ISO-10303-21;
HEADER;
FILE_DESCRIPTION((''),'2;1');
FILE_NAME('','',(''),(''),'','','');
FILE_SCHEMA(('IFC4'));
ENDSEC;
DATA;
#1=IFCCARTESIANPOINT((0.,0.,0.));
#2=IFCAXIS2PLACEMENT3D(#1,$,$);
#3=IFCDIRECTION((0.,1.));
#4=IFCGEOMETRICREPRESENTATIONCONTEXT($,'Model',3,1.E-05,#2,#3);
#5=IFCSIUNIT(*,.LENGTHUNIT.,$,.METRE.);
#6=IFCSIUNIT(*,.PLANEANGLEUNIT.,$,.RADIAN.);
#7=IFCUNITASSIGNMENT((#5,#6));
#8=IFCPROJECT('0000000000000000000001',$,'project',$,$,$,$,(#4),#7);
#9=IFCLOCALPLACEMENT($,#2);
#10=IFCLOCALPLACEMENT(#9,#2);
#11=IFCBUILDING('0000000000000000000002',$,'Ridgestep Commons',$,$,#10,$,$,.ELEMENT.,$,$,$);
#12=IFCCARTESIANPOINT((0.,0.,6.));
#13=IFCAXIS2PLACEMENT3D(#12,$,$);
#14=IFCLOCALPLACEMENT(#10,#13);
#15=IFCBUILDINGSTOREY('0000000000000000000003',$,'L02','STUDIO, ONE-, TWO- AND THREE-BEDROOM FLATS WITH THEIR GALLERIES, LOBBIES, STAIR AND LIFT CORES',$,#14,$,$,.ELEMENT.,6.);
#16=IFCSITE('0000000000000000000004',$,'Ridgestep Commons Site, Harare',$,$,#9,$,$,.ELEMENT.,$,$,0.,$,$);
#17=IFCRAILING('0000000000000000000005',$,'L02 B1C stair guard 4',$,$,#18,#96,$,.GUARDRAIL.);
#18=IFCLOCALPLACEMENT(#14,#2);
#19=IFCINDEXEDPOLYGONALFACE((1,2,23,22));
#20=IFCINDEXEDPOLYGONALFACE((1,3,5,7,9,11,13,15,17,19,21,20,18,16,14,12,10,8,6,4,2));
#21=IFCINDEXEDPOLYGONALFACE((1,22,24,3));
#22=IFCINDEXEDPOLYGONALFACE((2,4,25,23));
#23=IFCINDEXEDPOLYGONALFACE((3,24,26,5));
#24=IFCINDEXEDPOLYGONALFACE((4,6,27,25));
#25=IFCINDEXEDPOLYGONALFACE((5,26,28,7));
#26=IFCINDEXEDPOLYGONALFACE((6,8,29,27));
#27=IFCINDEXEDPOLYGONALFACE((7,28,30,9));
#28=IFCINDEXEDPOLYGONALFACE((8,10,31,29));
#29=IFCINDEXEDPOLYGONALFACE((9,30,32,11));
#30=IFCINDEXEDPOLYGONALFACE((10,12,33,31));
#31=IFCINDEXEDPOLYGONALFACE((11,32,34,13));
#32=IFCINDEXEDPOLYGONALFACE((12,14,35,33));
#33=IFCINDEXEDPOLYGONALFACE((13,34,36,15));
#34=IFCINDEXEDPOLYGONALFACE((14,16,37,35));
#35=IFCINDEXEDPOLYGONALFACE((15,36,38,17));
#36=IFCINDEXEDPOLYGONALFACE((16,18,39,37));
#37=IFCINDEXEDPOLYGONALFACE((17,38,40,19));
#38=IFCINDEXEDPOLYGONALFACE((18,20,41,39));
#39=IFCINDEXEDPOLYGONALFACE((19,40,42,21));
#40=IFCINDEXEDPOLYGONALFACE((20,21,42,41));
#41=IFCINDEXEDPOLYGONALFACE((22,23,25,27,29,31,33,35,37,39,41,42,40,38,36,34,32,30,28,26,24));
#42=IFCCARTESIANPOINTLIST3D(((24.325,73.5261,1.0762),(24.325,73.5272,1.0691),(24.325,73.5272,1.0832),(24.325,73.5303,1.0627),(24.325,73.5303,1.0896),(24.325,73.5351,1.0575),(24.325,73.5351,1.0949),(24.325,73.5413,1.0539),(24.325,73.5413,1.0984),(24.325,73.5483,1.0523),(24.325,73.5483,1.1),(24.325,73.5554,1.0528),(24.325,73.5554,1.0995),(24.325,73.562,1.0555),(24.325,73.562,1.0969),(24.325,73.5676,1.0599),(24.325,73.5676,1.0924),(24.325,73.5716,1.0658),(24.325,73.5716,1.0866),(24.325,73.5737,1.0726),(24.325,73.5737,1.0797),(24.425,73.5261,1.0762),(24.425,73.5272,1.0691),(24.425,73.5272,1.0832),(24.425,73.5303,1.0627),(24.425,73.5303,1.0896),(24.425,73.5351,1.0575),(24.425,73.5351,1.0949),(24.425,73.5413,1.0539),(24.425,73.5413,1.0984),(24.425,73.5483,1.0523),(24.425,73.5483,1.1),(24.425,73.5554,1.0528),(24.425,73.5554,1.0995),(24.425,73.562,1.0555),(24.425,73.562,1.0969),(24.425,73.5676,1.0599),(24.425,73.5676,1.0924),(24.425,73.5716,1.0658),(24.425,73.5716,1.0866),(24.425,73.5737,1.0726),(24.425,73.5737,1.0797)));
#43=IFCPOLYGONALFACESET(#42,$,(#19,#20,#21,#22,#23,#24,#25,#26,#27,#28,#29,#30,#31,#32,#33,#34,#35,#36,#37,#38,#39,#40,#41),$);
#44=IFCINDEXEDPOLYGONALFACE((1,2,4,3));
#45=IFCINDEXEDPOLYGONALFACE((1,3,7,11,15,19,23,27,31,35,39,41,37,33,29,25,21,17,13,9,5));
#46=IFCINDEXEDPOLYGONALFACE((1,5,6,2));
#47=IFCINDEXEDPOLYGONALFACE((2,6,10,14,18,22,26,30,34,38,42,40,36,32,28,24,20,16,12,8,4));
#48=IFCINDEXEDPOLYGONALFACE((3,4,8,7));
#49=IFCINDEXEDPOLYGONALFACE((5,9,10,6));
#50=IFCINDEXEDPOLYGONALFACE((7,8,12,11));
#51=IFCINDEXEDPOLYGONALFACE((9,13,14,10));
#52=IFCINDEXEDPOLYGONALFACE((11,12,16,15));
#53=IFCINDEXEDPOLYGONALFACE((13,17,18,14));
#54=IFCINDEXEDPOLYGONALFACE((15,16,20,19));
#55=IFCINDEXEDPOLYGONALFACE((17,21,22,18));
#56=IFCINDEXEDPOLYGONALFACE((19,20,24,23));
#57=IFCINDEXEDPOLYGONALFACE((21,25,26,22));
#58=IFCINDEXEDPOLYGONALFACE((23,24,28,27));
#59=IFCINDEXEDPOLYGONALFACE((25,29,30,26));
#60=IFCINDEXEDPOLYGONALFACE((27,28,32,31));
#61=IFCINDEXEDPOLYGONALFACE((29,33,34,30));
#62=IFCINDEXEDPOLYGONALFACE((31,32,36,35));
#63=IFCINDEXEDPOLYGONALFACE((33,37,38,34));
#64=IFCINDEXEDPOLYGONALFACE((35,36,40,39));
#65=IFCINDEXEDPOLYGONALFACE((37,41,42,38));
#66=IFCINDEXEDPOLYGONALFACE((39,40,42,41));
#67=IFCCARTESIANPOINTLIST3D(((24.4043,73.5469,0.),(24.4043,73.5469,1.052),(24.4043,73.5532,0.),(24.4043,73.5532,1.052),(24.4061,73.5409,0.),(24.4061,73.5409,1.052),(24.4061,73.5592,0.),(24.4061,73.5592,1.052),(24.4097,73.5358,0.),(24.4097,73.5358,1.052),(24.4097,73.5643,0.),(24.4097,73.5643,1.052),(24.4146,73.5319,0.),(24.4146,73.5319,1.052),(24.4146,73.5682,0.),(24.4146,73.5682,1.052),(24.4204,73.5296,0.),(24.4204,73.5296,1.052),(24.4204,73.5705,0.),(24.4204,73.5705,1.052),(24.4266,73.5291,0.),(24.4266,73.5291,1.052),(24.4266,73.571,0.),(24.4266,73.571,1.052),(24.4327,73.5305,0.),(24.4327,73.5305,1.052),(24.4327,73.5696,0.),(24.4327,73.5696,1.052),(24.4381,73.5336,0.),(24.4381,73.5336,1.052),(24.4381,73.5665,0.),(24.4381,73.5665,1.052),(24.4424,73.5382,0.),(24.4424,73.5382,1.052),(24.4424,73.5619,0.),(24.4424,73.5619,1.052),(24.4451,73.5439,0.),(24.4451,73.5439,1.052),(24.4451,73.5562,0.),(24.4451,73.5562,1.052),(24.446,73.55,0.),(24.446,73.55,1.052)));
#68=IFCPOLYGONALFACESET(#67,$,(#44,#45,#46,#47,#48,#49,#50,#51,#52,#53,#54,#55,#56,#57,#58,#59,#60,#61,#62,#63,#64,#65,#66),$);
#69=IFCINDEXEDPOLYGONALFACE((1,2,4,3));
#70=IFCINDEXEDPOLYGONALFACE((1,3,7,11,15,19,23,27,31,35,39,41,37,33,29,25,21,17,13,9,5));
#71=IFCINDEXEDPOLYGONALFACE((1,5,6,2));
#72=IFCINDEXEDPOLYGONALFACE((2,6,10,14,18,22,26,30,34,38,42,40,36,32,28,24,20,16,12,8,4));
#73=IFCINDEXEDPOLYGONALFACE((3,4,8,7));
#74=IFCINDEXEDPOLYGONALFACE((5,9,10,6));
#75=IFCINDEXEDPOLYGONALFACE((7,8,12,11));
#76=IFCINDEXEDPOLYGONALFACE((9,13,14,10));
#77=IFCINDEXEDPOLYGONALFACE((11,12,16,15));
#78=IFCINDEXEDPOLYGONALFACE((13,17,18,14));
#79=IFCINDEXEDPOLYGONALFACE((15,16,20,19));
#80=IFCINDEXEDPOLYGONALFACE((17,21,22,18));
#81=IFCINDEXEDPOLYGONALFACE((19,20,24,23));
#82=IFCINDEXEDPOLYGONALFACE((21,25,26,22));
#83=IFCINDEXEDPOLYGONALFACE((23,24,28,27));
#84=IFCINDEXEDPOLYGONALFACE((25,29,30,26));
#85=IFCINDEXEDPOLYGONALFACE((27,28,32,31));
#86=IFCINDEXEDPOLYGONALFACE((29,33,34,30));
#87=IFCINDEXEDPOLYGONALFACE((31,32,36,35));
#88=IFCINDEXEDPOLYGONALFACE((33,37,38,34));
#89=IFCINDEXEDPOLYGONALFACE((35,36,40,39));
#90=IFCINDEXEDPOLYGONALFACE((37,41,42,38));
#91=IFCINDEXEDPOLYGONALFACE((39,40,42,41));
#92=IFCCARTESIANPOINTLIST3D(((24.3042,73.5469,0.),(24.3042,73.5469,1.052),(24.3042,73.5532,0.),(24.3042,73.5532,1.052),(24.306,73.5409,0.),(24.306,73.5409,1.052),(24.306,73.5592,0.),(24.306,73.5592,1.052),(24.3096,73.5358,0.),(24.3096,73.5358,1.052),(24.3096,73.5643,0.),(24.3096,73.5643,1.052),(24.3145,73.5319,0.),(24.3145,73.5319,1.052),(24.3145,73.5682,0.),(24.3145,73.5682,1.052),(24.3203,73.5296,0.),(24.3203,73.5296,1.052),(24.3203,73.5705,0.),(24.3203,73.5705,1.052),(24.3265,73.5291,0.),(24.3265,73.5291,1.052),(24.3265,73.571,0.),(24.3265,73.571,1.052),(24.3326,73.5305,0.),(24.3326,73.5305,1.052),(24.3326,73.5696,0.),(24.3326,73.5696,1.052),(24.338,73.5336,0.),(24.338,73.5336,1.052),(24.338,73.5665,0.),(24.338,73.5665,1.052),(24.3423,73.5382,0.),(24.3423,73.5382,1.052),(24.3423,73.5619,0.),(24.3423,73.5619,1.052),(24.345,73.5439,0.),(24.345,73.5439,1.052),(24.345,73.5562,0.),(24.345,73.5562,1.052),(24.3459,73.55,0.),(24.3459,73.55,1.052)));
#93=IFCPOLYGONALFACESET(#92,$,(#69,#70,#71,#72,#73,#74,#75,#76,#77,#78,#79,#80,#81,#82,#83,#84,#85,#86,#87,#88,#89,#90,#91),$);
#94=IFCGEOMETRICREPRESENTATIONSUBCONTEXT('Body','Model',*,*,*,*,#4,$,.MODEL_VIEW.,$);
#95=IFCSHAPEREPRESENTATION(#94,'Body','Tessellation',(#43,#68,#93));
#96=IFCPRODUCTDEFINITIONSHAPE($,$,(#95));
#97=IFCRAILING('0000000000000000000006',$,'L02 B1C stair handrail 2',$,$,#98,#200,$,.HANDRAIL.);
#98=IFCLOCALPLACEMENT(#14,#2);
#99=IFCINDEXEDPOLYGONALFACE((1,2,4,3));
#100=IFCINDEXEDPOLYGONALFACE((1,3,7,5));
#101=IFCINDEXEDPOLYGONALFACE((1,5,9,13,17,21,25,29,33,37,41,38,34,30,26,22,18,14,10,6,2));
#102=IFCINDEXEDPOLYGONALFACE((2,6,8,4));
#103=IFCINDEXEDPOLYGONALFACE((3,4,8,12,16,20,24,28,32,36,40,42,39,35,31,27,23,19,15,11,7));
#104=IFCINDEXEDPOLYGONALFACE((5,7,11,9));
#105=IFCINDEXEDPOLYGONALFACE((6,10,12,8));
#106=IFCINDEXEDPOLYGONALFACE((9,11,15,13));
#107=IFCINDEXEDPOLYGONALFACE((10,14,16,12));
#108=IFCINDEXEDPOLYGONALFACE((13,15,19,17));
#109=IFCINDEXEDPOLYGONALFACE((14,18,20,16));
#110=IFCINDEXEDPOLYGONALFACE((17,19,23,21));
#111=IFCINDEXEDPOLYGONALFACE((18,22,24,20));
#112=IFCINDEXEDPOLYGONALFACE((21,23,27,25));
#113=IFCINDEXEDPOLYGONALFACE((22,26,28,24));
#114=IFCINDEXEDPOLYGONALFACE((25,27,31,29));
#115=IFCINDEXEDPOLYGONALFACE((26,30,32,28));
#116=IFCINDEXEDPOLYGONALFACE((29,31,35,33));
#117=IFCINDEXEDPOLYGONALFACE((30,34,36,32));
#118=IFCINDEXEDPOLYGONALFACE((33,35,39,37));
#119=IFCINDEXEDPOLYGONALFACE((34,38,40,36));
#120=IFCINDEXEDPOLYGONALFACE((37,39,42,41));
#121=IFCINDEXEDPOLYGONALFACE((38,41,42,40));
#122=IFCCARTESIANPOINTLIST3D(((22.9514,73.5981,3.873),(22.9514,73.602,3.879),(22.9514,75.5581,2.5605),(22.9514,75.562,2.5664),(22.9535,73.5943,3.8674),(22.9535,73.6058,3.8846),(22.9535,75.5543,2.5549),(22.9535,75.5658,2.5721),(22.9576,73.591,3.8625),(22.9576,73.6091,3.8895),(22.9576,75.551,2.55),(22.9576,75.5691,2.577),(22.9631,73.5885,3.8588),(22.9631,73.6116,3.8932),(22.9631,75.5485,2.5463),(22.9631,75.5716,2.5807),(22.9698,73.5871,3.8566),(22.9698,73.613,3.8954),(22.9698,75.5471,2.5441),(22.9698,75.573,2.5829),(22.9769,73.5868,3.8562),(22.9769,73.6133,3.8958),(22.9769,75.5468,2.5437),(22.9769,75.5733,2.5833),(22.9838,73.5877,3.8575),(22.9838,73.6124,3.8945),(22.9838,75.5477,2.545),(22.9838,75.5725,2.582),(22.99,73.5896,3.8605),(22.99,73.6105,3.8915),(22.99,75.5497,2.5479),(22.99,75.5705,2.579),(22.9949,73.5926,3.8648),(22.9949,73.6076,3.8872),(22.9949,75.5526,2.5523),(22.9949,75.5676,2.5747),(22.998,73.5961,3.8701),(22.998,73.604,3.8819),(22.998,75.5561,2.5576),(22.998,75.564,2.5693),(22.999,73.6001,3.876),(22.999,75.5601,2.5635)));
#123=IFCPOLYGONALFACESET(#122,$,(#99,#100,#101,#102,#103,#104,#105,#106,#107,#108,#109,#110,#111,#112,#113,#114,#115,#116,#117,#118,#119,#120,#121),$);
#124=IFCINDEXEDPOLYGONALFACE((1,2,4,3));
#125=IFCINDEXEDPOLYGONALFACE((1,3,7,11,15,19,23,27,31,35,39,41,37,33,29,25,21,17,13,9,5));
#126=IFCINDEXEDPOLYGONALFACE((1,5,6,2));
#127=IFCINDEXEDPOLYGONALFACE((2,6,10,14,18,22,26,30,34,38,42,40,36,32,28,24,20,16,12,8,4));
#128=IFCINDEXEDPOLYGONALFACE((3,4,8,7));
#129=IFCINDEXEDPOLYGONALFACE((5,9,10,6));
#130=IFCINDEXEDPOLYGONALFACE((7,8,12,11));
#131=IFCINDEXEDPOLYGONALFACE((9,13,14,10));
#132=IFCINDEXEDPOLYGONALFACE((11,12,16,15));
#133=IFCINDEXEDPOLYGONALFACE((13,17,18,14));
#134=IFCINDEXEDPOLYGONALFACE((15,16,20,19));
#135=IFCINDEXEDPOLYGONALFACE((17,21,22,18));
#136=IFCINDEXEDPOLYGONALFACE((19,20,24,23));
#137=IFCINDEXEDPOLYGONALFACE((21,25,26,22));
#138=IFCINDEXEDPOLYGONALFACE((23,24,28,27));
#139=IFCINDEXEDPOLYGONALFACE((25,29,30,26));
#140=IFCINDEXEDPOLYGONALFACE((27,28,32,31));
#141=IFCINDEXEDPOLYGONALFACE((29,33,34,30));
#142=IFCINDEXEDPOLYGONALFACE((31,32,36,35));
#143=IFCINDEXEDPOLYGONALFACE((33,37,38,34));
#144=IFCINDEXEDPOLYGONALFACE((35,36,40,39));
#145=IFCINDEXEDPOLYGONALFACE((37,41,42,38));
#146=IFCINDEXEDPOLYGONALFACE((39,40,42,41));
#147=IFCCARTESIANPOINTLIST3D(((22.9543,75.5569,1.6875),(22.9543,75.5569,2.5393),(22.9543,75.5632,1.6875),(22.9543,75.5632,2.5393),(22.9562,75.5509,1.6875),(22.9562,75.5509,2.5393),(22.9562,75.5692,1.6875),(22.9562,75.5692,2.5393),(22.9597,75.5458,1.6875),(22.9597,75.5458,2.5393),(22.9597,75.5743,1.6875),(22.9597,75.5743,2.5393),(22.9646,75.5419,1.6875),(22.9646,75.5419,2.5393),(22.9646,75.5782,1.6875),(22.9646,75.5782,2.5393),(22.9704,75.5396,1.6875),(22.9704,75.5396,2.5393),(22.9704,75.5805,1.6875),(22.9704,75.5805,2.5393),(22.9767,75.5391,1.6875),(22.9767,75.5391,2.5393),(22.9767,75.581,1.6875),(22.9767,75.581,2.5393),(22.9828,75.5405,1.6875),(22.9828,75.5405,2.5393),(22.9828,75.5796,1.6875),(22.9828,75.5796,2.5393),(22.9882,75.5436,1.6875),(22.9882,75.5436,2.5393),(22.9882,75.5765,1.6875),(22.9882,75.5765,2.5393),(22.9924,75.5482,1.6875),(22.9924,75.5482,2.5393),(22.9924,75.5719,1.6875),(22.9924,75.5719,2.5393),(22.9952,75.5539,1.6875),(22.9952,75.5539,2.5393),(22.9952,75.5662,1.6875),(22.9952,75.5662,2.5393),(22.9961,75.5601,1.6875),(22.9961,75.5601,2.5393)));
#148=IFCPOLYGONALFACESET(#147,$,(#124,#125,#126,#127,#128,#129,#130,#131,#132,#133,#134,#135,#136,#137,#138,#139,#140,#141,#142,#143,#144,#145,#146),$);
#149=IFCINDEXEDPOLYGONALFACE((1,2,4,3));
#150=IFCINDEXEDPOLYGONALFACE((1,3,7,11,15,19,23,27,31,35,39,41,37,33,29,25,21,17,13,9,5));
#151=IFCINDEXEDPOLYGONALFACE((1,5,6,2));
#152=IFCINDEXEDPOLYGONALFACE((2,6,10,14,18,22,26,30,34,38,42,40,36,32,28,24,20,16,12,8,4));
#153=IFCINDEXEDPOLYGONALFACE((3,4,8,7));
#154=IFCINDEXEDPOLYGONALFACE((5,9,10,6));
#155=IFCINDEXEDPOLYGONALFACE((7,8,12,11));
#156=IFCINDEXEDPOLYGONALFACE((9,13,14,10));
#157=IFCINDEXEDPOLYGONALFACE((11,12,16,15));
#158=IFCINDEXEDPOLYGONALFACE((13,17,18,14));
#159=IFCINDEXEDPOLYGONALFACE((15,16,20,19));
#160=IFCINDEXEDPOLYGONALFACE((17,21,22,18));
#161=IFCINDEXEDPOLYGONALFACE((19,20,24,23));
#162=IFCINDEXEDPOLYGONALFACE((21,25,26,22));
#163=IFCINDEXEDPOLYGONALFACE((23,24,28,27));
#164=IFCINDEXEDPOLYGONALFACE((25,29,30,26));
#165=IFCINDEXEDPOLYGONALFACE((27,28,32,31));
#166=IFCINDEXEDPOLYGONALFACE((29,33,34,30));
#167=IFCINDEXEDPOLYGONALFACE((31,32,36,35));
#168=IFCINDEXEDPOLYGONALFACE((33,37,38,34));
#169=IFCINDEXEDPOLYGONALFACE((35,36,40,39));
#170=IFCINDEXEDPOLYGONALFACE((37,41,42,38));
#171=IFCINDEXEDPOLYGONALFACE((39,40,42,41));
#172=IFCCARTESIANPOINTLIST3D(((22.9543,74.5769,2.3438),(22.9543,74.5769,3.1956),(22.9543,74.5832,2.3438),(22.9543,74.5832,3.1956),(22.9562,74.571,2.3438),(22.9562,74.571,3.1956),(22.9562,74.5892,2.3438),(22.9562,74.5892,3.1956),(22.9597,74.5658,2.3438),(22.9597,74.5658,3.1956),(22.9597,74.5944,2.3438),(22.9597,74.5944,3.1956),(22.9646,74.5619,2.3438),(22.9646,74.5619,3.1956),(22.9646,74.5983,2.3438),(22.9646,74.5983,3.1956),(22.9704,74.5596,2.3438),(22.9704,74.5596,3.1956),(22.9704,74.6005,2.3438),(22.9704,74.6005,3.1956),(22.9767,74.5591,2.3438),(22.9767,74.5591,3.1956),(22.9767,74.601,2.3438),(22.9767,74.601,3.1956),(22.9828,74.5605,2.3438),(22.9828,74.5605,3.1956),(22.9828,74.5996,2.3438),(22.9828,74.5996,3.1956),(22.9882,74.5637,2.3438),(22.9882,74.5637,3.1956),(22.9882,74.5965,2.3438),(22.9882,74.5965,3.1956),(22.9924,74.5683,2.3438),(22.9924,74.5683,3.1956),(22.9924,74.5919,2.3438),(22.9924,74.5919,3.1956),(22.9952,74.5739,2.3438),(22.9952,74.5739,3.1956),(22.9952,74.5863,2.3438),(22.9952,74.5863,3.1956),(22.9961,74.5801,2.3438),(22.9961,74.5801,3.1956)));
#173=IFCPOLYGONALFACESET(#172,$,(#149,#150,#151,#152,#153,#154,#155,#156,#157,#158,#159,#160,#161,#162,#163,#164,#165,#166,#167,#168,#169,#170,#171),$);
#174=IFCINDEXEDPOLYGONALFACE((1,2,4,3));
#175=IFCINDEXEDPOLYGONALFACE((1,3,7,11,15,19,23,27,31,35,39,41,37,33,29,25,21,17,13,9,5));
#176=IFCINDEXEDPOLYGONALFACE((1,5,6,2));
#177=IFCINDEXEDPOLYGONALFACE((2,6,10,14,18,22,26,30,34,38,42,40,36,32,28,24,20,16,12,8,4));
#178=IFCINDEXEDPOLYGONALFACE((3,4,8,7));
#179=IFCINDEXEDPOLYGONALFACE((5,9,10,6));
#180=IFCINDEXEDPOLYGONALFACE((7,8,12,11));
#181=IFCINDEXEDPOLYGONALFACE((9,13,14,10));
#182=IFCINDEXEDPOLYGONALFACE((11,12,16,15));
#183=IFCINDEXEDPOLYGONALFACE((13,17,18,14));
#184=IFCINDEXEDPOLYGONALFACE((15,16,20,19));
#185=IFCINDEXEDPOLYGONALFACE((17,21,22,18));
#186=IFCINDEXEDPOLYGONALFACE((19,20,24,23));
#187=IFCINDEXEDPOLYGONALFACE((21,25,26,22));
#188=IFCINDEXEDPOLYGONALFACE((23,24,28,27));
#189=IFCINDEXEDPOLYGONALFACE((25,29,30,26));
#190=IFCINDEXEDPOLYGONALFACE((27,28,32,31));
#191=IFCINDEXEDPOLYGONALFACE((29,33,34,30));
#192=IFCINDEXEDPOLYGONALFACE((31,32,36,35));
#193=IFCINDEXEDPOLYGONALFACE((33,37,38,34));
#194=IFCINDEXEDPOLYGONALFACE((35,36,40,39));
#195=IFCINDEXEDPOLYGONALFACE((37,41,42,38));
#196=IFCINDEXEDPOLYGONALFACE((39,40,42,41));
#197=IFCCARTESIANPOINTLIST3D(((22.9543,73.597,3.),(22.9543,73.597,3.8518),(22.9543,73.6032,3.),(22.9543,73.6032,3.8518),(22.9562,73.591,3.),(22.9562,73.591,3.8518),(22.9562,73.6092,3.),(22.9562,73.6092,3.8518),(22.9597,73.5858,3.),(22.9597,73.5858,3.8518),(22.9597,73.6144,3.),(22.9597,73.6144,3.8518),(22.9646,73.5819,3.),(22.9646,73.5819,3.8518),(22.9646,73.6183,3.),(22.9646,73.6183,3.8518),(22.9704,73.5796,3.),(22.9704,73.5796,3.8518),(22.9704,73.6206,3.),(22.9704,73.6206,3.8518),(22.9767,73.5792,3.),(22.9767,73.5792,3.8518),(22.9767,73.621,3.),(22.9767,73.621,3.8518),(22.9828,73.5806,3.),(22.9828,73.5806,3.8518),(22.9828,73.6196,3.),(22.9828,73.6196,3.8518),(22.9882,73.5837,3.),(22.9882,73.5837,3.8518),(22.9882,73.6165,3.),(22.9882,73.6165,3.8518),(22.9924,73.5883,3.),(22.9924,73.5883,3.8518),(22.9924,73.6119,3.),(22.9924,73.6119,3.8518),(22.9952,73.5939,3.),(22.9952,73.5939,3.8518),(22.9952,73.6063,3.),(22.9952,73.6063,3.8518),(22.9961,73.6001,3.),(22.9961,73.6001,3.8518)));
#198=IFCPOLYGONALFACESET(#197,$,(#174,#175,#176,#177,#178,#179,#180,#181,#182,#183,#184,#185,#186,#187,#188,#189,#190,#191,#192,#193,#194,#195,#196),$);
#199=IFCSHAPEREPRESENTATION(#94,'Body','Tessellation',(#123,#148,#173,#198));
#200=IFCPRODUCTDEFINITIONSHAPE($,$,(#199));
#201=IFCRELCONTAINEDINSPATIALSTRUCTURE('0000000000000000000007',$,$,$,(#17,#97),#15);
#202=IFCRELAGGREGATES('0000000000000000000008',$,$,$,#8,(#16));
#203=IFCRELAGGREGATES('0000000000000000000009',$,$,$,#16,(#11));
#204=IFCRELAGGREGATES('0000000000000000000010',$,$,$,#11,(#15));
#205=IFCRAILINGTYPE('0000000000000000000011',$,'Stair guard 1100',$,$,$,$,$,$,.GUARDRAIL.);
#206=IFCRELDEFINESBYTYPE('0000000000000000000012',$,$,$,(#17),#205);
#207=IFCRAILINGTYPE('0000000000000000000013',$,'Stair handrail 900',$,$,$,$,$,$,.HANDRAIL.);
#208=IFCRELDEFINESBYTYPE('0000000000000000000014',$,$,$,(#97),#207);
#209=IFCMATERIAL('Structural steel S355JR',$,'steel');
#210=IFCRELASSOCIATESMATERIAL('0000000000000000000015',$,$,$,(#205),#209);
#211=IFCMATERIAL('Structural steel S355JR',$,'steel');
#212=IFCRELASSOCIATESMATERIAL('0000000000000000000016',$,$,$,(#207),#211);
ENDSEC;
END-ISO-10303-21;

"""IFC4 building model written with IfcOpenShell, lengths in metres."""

from ifc_helpers import new_model, si_unit, direction, frame, origin, origin_2d, place, context, subcontext, project, spatial, circle, extrude, material, type_object, element, save


model = new_model("IFC4")

# Units and contexts
model_context = context("Model", 3, precision=1e-05, world=origin(), true_north=direction((0.0, 1.0)))
body_context = subcontext(model_context, "Body", "Model", "MODEL_VIEW")
ifc_project = project(units=[si_unit("LENGTHUNIT", "METRE"), si_unit("PLANEANGLEUNIT", "RADIAN")], contexts=[model_context])

# Site, building, storey
site_placement = place(None, origin())
site = spatial("IfcSite", under=ifc_project, at=site_placement, Name="Ridgestep Commons Site, Harare", CompositionType="ELEMENT", RefElevation=0.0)
building_placement = place(site_placement, origin())
building = spatial("IfcBuilding", under=site, at=building_placement, Name="Ridgestep Commons", CompositionType="ELEMENT")
storey_placement = place(building_placement, frame((0.0, 0.0, 6.0)))
storey = spatial("IfcBuildingStorey", under=building, at=storey_placement, Name="L02", Description="STUDIO, ONE-, TWO- AND THREE-BEDROOM FLATS WITH THEIR GALLERIES, LOBBIES, STAIR AND LIFT CORES", CompositionType="ELEMENT", Elevation=6.0)

# Railings
ifc_material_1 = material(Name="Structural steel S355JR", Category="steel")
railing_type_1 = type_object("IfcRailingType", Name="Stair guard 1100", PredefinedType="GUARDRAIL", material=ifc_material_1)
railing_1_placement = place(storey_placement, frame((24.425, 73.55, 0.0)))
element("IfcRailing", 1, at=railing_1_placement, inside=storey, type_object=railing_type_1, Name="L02 B1C stair guard 4", PredefinedType="GUARDRAIL", context=body_context, shape_type="SweptSolid", body=[
    extrude(circle(Radius=0.0239, at=origin_2d()), frame((0.0, 0.0, 1.0762), z_axis=(-1.0, 0.0, 0.0), x_axis=(0.0, -1.0, 0.0)), (0.0, 0.0, 1.0), 0.1001),
    extrude(circle(Radius=0.021, at=origin_2d()), origin(), (0.0, 0.0, 1.0), 1.052),
    extrude(circle(Radius=0.021, at=origin_2d()), frame((-0.1001, 0.0, 0.0)), (0.0, 0.0, 1.0), 1.052),
])
ifc_material_2 = material(Name="Structural steel S355JR", Category="steel")
railing_type_2 = type_object("IfcRailingType", Name="Stair handrail 900", PredefinedType="HANDRAIL", material=ifc_material_2)
railing_2_placement = place(storey_placement, frame((22.9751, 75.5601, 1.6875)))
element("IfcRailing", 2, at=railing_2_placement, inside=storey, type_object=railing_type_2, Name="L02 B1C stair handrail 2", PredefinedType="HANDRAIL", context=body_context, shape_type="SweptSolid", body=[
    extrude(circle(Radius=0.0239, at=origin_2d()), frame((0.0, 0.0, 0.876), z_axis=(0.0, -0.830902, 0.556419), x_axis=(1.0, 0.0, 0.0)), (0.0, 0.0, 1.0), 2.3589),
    extrude(circle(Radius=0.021, at=origin_2d()), origin(), (0.0, 0.0, 1.0), 0.8518),
    extrude(circle(Radius=0.021, at=origin_2d()), frame((0.0, -0.98, 0.6562)), (0.0, 0.0, 1.0), 0.8518),
    extrude(circle(Radius=0.021, at=origin_2d()), frame((0.0, -1.96, 1.3125)), (0.0, 0.0, 1.0), 0.8518),
])

save(model, "model.ifc")
